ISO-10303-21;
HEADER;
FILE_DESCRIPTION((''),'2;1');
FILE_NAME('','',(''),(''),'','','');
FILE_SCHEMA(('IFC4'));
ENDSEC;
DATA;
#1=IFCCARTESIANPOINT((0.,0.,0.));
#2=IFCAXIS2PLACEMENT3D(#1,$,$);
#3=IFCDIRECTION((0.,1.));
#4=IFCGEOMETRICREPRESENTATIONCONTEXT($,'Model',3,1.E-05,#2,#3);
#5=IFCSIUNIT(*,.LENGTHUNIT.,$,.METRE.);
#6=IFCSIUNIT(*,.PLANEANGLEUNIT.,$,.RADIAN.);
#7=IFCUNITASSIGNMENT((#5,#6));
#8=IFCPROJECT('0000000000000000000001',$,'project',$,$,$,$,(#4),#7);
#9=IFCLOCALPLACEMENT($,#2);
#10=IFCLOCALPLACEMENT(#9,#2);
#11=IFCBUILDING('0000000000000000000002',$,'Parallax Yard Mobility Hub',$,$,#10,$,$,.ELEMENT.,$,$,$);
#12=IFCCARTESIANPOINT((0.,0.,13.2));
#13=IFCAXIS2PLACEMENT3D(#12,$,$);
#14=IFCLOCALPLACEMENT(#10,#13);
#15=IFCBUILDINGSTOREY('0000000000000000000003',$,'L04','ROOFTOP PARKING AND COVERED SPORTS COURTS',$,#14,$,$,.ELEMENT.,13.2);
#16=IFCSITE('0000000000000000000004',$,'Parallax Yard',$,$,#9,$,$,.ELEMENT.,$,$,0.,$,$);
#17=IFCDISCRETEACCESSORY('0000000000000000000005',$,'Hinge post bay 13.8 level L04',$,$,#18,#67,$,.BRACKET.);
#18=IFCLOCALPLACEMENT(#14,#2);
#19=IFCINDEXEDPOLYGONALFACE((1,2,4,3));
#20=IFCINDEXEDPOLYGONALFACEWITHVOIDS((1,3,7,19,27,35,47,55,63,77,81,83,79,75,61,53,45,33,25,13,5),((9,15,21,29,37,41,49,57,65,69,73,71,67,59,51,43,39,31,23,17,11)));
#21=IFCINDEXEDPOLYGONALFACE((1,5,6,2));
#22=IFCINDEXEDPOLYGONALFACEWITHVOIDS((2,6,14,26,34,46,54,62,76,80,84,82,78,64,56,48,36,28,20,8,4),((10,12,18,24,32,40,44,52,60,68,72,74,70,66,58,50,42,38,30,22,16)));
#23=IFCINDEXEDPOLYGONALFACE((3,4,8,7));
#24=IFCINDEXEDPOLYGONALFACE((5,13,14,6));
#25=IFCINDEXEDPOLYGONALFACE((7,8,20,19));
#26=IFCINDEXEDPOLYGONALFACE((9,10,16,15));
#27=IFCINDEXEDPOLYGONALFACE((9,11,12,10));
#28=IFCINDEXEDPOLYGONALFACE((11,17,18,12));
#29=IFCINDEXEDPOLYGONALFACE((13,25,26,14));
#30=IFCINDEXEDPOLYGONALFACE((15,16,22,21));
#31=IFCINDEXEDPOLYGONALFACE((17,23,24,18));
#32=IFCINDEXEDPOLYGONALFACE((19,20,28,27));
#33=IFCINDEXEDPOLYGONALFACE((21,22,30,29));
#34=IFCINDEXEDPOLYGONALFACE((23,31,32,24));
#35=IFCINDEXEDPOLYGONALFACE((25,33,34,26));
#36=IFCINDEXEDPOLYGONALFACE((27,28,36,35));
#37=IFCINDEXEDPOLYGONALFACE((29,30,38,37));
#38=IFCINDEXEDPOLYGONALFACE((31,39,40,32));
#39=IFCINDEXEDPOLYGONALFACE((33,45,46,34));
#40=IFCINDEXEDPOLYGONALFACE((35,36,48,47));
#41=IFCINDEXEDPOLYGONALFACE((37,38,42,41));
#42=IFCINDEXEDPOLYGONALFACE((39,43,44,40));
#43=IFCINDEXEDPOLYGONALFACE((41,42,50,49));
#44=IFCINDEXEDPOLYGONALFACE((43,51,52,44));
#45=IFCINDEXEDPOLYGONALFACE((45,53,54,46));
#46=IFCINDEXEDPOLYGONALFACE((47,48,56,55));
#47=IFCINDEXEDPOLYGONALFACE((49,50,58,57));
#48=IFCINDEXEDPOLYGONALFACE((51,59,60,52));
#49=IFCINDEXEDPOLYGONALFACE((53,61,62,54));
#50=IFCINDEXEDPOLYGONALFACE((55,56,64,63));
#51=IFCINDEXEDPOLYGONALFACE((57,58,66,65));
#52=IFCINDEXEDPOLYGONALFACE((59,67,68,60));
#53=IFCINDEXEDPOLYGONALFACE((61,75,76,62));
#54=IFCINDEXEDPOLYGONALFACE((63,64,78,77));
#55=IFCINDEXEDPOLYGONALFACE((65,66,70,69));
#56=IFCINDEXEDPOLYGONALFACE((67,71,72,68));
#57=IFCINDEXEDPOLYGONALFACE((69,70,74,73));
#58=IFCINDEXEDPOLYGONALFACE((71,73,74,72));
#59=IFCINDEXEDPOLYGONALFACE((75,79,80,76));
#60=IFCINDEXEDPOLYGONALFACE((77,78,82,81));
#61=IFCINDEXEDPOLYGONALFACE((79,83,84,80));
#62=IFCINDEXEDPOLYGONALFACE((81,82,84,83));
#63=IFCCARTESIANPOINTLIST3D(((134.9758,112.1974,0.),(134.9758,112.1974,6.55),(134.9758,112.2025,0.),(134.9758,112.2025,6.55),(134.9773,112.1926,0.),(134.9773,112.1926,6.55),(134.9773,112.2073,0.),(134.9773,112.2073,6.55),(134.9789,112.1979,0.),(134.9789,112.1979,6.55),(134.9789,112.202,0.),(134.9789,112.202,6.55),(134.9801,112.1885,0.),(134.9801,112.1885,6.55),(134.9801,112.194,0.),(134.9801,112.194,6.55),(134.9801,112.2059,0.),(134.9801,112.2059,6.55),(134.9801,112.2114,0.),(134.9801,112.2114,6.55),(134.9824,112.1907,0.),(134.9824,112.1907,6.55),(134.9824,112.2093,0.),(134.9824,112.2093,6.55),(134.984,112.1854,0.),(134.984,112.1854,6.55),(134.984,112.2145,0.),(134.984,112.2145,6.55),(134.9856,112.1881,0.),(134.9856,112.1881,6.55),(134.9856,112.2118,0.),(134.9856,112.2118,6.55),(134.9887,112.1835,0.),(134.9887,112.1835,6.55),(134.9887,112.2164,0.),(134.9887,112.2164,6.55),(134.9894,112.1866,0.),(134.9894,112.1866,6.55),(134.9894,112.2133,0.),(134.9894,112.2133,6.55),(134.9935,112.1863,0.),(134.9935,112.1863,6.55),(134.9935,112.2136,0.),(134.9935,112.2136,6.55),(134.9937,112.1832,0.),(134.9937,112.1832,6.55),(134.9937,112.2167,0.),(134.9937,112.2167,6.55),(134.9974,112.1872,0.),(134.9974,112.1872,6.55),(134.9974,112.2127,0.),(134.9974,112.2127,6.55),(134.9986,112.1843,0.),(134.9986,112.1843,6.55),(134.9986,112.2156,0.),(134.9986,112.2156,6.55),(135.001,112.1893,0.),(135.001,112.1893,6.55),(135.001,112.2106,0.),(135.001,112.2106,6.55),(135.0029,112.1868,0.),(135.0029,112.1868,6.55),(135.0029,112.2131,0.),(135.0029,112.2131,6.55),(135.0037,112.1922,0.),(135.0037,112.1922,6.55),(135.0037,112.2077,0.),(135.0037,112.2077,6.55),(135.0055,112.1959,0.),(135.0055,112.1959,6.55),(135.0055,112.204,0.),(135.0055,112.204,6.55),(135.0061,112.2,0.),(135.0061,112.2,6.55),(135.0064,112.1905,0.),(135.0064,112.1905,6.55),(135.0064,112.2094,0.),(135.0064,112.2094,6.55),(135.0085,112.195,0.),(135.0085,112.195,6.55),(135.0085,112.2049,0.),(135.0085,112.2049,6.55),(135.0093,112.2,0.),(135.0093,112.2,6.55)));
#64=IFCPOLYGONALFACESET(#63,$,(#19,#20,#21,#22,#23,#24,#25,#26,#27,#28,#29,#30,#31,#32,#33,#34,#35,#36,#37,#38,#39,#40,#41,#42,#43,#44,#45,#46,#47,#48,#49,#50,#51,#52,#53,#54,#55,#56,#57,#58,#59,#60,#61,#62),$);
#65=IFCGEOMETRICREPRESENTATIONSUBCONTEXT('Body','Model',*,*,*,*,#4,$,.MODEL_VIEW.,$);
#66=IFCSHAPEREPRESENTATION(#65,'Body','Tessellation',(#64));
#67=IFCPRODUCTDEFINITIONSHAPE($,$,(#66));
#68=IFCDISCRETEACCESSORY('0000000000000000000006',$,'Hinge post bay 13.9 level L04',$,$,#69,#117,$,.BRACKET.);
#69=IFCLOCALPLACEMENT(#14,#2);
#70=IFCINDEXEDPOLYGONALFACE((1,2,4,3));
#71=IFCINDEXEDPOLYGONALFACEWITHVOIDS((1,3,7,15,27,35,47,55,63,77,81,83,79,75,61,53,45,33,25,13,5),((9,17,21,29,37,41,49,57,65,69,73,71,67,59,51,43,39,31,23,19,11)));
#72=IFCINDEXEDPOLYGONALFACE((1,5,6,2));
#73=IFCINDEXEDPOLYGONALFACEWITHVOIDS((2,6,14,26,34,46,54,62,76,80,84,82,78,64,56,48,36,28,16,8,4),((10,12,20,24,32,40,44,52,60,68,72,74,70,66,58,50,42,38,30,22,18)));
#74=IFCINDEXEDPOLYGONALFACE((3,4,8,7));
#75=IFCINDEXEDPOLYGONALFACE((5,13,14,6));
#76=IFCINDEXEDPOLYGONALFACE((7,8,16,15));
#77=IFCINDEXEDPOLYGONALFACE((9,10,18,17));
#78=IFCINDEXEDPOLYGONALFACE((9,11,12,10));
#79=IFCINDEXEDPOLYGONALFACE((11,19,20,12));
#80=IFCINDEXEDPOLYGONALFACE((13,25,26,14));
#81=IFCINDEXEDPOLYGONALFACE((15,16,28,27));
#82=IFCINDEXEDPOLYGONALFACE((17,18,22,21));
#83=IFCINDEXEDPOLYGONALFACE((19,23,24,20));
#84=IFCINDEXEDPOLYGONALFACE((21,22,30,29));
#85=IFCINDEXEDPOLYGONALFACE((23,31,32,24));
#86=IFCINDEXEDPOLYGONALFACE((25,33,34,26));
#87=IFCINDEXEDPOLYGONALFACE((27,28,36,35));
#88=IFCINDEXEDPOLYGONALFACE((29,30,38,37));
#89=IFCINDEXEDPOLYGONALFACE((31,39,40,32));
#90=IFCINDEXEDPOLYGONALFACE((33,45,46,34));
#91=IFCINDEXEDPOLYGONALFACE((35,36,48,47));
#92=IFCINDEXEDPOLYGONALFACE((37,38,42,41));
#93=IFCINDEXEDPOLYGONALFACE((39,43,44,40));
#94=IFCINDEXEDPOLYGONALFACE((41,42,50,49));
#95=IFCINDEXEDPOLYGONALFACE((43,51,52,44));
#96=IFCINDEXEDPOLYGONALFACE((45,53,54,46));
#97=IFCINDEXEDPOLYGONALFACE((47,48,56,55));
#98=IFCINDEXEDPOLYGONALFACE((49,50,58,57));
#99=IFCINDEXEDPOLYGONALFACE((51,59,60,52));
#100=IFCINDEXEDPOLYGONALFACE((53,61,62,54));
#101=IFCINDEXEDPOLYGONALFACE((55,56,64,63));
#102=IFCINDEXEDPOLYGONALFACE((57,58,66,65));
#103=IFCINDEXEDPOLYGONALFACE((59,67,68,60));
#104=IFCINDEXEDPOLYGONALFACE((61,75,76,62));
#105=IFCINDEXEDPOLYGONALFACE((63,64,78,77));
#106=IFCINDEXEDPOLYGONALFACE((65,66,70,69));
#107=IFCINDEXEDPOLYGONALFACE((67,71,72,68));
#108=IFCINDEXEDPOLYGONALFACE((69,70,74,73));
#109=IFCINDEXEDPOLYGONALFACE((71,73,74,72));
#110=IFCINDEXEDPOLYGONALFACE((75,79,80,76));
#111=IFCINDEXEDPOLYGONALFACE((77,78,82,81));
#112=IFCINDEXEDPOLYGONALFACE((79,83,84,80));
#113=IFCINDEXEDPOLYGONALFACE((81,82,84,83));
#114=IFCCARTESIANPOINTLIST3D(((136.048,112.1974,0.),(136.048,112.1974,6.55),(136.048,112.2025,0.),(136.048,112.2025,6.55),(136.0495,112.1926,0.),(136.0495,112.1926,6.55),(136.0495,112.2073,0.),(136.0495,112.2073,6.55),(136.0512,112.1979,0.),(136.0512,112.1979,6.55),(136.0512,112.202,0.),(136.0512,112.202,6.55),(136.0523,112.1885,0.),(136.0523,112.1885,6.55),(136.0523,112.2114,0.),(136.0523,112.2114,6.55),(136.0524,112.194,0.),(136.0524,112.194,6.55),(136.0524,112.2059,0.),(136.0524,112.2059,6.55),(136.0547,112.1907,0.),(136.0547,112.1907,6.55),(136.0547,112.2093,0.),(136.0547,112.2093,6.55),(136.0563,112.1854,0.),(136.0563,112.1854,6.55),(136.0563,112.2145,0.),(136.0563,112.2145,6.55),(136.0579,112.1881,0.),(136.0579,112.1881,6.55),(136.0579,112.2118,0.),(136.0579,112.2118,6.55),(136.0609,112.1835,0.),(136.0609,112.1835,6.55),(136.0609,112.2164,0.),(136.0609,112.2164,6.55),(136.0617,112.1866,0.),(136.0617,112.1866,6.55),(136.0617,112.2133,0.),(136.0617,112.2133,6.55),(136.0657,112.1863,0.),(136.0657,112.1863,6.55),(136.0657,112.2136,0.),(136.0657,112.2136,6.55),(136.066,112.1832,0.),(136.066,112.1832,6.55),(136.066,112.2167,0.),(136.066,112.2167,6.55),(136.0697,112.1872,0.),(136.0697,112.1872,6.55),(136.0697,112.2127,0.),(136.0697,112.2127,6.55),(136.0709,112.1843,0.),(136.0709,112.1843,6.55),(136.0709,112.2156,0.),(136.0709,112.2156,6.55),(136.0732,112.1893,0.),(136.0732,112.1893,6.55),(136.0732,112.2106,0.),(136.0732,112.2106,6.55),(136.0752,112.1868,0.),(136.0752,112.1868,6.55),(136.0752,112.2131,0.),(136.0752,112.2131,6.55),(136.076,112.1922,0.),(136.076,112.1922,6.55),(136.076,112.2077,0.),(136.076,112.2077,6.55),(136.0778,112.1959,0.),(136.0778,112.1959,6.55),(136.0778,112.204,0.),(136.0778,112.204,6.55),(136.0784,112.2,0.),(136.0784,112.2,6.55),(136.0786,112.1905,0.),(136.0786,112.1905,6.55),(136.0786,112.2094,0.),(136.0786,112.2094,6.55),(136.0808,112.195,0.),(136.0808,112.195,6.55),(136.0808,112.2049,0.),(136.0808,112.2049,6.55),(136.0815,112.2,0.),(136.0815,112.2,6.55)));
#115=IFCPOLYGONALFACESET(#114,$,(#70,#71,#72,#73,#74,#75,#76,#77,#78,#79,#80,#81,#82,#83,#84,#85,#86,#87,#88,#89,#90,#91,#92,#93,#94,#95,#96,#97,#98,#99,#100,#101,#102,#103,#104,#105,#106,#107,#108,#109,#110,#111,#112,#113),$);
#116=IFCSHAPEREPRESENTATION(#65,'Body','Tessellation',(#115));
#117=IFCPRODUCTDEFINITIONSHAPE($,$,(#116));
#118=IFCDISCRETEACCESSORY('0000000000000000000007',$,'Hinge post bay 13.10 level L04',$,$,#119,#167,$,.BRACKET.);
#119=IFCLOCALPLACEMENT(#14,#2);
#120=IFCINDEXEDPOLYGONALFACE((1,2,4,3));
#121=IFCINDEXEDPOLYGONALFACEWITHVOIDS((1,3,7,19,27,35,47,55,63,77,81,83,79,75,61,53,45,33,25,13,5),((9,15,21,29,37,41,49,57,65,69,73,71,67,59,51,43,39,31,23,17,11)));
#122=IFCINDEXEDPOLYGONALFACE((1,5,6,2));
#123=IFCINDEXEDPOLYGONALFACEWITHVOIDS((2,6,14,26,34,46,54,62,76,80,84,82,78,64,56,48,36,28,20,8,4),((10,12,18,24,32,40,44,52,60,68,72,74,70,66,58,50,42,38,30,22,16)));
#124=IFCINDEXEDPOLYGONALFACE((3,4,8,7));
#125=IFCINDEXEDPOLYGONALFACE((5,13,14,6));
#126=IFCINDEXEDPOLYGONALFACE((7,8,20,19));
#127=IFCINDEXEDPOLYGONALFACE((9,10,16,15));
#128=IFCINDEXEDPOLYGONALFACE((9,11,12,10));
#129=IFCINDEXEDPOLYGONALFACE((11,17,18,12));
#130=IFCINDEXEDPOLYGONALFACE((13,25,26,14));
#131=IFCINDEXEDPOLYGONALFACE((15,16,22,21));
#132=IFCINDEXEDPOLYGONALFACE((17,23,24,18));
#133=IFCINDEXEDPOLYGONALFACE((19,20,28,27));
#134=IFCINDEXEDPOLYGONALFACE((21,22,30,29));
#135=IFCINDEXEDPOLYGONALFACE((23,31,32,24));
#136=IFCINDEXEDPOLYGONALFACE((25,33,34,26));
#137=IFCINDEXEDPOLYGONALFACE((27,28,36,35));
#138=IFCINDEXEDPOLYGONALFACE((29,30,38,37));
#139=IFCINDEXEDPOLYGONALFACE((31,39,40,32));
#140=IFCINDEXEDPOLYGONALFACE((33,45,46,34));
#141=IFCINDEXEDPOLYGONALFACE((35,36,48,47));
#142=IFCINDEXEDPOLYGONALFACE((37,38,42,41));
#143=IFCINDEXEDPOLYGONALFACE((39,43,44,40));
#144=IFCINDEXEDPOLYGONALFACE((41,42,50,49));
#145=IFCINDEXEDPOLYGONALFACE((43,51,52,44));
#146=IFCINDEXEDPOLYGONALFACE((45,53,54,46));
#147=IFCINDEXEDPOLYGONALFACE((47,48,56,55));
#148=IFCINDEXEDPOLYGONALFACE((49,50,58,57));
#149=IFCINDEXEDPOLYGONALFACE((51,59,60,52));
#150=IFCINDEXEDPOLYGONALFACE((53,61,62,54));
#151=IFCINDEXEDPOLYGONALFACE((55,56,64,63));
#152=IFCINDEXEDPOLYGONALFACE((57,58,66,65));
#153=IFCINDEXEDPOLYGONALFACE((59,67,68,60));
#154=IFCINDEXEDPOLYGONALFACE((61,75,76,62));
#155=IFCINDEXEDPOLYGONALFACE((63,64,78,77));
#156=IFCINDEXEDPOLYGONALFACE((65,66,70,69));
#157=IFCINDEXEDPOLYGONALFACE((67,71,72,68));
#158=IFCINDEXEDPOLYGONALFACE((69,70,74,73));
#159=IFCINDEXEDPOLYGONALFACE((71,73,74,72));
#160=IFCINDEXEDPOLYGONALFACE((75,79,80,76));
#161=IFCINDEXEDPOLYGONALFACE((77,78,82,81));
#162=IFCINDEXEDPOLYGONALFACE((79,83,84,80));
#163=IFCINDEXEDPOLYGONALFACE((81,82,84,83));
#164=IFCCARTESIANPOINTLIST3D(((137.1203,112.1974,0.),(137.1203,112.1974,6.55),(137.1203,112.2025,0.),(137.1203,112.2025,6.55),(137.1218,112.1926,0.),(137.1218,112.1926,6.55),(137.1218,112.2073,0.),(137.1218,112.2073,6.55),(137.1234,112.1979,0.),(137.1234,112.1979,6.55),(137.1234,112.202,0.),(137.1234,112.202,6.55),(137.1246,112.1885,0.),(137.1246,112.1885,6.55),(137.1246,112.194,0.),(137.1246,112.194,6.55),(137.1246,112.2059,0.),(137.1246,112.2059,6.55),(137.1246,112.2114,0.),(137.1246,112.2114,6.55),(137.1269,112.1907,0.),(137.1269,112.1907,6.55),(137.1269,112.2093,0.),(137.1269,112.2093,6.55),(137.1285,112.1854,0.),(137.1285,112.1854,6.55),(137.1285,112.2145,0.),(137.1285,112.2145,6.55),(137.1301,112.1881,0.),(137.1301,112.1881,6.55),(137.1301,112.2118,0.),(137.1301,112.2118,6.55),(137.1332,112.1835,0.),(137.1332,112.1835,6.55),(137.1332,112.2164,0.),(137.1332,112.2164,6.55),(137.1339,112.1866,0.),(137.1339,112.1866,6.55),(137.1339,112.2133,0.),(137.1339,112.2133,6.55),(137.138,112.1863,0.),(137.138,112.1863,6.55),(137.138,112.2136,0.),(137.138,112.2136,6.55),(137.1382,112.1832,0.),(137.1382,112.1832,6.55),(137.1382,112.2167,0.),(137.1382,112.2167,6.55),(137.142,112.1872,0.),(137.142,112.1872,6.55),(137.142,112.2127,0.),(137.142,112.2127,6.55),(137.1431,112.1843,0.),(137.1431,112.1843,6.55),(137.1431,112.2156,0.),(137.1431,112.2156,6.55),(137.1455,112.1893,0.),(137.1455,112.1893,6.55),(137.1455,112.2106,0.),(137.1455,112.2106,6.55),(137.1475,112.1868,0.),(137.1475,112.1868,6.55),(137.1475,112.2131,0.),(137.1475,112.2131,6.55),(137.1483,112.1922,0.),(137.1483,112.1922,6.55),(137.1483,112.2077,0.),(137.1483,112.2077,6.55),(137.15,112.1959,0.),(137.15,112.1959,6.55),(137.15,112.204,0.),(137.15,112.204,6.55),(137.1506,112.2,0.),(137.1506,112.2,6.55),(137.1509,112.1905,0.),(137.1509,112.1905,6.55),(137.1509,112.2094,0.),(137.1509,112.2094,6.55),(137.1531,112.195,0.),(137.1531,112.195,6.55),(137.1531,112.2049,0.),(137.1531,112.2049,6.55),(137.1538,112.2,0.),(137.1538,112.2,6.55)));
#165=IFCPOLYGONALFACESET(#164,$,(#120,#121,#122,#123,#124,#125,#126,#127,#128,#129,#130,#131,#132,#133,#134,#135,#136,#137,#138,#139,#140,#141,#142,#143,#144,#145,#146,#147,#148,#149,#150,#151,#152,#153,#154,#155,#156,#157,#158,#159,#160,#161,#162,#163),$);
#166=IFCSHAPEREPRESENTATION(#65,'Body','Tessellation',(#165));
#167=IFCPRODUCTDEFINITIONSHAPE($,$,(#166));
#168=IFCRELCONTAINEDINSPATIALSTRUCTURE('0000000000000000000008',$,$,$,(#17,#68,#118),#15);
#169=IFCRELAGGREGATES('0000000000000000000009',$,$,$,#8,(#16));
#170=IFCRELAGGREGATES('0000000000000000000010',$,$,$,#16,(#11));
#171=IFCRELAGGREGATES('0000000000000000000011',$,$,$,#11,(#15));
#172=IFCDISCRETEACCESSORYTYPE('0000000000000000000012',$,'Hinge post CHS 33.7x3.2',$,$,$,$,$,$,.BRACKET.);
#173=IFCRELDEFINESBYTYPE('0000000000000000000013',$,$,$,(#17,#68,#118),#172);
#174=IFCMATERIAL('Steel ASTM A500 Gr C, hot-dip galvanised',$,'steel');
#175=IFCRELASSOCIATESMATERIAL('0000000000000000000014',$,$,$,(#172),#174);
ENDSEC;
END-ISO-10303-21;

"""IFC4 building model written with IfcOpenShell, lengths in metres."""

from ifc_helpers import new_model, si_unit, direction, frame, origin, origin_2d, place, context, subcontext, project, spatial, hollow_circle, extrude, material, material_profile, profile_set, type_object, element, save


model = new_model("IFC4")

# Units and contexts
model_context = context("Model", 3, precision=1e-05, world=origin(), true_north=direction((0.0, 1.0)))
body_context = subcontext(model_context, "Body", "Model", "MODEL_VIEW")
ifc_project = project(units=[si_unit("LENGTHUNIT", "METRE"), si_unit("PLANEANGLEUNIT", "RADIAN")], contexts=[model_context])

# Site, building, storey
site_placement = place(None, origin())
site = spatial("IfcSite", under=ifc_project, at=site_placement, Name="Parallax Yard", CompositionType="ELEMENT", RefElevation=0.0)
building_placement = place(site_placement, origin())
building = spatial("IfcBuilding", under=site, at=building_placement, Name="Parallax Yard Mobility Hub", CompositionType="ELEMENT")
storey_placement = place(building_placement, frame((0.0, 0.0, 13.2)))
storey = spatial("IfcBuildingStorey", under=building, at=storey_placement, Name="L04", Description="ROOFTOP PARKING AND COVERED SPORTS COURTS", CompositionType="ELEMENT", Elevation=13.2)

# Discrete accessories
ifc_material_1 = material(Name="Steel ASTM A500 Gr C, hot-dip galvanised", Category="steel")
ifc_material_profile = material_profile(ifc_material_1, hollow_circle(Radius=0.0168, WallThickness=0.0032, at=origin_2d()), Name="CHS 33.7x3.2")
ifc_profile_set = profile_set([ifc_material_profile], Name="Steel ASTM A500 Gr C, hot-dip galvanised")
discrete_accessory_type_1 = type_object("IfcDiscreteAccessoryType", Name="Hinge post CHS 33.7x3.2", PredefinedType="BRACKET", material=ifc_profile_set)
for number, where, z_axis, x_axis, name in (
    (1, (134.9924, 112.2, 0.0), (0.0, 0.0, 1.0), (1.0, 0.0, 0.0), "Hinge post bay 13.8 level L04"),
    (2, (136.0647, 112.2, 0.0), (0.0, 0.0, 1.0), (1.0, 0.0, 0.0), "Hinge post bay 13.9 level L04"),
    (3, (137.137, 112.2, 0.0), (0.0, 0.0, 1.0), (1.0, 0.0, 0.0), "Hinge post bay 13.10 level L04"),
):
    element("IfcDiscreteAccessory", number, at=place(storey_placement, frame(where, z_axis=z_axis, x_axis=x_axis)), inside=storey, type_object=discrete_accessory_type_1, Name=name, PredefinedType="BRACKET", context=body_context, shape_type="SweptSolid", body=[
        extrude(hollow_circle(Radius=0.0168, WallThickness=0.0032, at=origin_2d()), origin(), (0.0, 0.0, 1.0), 6.55),
    ])

save(model, "model.ifc")
